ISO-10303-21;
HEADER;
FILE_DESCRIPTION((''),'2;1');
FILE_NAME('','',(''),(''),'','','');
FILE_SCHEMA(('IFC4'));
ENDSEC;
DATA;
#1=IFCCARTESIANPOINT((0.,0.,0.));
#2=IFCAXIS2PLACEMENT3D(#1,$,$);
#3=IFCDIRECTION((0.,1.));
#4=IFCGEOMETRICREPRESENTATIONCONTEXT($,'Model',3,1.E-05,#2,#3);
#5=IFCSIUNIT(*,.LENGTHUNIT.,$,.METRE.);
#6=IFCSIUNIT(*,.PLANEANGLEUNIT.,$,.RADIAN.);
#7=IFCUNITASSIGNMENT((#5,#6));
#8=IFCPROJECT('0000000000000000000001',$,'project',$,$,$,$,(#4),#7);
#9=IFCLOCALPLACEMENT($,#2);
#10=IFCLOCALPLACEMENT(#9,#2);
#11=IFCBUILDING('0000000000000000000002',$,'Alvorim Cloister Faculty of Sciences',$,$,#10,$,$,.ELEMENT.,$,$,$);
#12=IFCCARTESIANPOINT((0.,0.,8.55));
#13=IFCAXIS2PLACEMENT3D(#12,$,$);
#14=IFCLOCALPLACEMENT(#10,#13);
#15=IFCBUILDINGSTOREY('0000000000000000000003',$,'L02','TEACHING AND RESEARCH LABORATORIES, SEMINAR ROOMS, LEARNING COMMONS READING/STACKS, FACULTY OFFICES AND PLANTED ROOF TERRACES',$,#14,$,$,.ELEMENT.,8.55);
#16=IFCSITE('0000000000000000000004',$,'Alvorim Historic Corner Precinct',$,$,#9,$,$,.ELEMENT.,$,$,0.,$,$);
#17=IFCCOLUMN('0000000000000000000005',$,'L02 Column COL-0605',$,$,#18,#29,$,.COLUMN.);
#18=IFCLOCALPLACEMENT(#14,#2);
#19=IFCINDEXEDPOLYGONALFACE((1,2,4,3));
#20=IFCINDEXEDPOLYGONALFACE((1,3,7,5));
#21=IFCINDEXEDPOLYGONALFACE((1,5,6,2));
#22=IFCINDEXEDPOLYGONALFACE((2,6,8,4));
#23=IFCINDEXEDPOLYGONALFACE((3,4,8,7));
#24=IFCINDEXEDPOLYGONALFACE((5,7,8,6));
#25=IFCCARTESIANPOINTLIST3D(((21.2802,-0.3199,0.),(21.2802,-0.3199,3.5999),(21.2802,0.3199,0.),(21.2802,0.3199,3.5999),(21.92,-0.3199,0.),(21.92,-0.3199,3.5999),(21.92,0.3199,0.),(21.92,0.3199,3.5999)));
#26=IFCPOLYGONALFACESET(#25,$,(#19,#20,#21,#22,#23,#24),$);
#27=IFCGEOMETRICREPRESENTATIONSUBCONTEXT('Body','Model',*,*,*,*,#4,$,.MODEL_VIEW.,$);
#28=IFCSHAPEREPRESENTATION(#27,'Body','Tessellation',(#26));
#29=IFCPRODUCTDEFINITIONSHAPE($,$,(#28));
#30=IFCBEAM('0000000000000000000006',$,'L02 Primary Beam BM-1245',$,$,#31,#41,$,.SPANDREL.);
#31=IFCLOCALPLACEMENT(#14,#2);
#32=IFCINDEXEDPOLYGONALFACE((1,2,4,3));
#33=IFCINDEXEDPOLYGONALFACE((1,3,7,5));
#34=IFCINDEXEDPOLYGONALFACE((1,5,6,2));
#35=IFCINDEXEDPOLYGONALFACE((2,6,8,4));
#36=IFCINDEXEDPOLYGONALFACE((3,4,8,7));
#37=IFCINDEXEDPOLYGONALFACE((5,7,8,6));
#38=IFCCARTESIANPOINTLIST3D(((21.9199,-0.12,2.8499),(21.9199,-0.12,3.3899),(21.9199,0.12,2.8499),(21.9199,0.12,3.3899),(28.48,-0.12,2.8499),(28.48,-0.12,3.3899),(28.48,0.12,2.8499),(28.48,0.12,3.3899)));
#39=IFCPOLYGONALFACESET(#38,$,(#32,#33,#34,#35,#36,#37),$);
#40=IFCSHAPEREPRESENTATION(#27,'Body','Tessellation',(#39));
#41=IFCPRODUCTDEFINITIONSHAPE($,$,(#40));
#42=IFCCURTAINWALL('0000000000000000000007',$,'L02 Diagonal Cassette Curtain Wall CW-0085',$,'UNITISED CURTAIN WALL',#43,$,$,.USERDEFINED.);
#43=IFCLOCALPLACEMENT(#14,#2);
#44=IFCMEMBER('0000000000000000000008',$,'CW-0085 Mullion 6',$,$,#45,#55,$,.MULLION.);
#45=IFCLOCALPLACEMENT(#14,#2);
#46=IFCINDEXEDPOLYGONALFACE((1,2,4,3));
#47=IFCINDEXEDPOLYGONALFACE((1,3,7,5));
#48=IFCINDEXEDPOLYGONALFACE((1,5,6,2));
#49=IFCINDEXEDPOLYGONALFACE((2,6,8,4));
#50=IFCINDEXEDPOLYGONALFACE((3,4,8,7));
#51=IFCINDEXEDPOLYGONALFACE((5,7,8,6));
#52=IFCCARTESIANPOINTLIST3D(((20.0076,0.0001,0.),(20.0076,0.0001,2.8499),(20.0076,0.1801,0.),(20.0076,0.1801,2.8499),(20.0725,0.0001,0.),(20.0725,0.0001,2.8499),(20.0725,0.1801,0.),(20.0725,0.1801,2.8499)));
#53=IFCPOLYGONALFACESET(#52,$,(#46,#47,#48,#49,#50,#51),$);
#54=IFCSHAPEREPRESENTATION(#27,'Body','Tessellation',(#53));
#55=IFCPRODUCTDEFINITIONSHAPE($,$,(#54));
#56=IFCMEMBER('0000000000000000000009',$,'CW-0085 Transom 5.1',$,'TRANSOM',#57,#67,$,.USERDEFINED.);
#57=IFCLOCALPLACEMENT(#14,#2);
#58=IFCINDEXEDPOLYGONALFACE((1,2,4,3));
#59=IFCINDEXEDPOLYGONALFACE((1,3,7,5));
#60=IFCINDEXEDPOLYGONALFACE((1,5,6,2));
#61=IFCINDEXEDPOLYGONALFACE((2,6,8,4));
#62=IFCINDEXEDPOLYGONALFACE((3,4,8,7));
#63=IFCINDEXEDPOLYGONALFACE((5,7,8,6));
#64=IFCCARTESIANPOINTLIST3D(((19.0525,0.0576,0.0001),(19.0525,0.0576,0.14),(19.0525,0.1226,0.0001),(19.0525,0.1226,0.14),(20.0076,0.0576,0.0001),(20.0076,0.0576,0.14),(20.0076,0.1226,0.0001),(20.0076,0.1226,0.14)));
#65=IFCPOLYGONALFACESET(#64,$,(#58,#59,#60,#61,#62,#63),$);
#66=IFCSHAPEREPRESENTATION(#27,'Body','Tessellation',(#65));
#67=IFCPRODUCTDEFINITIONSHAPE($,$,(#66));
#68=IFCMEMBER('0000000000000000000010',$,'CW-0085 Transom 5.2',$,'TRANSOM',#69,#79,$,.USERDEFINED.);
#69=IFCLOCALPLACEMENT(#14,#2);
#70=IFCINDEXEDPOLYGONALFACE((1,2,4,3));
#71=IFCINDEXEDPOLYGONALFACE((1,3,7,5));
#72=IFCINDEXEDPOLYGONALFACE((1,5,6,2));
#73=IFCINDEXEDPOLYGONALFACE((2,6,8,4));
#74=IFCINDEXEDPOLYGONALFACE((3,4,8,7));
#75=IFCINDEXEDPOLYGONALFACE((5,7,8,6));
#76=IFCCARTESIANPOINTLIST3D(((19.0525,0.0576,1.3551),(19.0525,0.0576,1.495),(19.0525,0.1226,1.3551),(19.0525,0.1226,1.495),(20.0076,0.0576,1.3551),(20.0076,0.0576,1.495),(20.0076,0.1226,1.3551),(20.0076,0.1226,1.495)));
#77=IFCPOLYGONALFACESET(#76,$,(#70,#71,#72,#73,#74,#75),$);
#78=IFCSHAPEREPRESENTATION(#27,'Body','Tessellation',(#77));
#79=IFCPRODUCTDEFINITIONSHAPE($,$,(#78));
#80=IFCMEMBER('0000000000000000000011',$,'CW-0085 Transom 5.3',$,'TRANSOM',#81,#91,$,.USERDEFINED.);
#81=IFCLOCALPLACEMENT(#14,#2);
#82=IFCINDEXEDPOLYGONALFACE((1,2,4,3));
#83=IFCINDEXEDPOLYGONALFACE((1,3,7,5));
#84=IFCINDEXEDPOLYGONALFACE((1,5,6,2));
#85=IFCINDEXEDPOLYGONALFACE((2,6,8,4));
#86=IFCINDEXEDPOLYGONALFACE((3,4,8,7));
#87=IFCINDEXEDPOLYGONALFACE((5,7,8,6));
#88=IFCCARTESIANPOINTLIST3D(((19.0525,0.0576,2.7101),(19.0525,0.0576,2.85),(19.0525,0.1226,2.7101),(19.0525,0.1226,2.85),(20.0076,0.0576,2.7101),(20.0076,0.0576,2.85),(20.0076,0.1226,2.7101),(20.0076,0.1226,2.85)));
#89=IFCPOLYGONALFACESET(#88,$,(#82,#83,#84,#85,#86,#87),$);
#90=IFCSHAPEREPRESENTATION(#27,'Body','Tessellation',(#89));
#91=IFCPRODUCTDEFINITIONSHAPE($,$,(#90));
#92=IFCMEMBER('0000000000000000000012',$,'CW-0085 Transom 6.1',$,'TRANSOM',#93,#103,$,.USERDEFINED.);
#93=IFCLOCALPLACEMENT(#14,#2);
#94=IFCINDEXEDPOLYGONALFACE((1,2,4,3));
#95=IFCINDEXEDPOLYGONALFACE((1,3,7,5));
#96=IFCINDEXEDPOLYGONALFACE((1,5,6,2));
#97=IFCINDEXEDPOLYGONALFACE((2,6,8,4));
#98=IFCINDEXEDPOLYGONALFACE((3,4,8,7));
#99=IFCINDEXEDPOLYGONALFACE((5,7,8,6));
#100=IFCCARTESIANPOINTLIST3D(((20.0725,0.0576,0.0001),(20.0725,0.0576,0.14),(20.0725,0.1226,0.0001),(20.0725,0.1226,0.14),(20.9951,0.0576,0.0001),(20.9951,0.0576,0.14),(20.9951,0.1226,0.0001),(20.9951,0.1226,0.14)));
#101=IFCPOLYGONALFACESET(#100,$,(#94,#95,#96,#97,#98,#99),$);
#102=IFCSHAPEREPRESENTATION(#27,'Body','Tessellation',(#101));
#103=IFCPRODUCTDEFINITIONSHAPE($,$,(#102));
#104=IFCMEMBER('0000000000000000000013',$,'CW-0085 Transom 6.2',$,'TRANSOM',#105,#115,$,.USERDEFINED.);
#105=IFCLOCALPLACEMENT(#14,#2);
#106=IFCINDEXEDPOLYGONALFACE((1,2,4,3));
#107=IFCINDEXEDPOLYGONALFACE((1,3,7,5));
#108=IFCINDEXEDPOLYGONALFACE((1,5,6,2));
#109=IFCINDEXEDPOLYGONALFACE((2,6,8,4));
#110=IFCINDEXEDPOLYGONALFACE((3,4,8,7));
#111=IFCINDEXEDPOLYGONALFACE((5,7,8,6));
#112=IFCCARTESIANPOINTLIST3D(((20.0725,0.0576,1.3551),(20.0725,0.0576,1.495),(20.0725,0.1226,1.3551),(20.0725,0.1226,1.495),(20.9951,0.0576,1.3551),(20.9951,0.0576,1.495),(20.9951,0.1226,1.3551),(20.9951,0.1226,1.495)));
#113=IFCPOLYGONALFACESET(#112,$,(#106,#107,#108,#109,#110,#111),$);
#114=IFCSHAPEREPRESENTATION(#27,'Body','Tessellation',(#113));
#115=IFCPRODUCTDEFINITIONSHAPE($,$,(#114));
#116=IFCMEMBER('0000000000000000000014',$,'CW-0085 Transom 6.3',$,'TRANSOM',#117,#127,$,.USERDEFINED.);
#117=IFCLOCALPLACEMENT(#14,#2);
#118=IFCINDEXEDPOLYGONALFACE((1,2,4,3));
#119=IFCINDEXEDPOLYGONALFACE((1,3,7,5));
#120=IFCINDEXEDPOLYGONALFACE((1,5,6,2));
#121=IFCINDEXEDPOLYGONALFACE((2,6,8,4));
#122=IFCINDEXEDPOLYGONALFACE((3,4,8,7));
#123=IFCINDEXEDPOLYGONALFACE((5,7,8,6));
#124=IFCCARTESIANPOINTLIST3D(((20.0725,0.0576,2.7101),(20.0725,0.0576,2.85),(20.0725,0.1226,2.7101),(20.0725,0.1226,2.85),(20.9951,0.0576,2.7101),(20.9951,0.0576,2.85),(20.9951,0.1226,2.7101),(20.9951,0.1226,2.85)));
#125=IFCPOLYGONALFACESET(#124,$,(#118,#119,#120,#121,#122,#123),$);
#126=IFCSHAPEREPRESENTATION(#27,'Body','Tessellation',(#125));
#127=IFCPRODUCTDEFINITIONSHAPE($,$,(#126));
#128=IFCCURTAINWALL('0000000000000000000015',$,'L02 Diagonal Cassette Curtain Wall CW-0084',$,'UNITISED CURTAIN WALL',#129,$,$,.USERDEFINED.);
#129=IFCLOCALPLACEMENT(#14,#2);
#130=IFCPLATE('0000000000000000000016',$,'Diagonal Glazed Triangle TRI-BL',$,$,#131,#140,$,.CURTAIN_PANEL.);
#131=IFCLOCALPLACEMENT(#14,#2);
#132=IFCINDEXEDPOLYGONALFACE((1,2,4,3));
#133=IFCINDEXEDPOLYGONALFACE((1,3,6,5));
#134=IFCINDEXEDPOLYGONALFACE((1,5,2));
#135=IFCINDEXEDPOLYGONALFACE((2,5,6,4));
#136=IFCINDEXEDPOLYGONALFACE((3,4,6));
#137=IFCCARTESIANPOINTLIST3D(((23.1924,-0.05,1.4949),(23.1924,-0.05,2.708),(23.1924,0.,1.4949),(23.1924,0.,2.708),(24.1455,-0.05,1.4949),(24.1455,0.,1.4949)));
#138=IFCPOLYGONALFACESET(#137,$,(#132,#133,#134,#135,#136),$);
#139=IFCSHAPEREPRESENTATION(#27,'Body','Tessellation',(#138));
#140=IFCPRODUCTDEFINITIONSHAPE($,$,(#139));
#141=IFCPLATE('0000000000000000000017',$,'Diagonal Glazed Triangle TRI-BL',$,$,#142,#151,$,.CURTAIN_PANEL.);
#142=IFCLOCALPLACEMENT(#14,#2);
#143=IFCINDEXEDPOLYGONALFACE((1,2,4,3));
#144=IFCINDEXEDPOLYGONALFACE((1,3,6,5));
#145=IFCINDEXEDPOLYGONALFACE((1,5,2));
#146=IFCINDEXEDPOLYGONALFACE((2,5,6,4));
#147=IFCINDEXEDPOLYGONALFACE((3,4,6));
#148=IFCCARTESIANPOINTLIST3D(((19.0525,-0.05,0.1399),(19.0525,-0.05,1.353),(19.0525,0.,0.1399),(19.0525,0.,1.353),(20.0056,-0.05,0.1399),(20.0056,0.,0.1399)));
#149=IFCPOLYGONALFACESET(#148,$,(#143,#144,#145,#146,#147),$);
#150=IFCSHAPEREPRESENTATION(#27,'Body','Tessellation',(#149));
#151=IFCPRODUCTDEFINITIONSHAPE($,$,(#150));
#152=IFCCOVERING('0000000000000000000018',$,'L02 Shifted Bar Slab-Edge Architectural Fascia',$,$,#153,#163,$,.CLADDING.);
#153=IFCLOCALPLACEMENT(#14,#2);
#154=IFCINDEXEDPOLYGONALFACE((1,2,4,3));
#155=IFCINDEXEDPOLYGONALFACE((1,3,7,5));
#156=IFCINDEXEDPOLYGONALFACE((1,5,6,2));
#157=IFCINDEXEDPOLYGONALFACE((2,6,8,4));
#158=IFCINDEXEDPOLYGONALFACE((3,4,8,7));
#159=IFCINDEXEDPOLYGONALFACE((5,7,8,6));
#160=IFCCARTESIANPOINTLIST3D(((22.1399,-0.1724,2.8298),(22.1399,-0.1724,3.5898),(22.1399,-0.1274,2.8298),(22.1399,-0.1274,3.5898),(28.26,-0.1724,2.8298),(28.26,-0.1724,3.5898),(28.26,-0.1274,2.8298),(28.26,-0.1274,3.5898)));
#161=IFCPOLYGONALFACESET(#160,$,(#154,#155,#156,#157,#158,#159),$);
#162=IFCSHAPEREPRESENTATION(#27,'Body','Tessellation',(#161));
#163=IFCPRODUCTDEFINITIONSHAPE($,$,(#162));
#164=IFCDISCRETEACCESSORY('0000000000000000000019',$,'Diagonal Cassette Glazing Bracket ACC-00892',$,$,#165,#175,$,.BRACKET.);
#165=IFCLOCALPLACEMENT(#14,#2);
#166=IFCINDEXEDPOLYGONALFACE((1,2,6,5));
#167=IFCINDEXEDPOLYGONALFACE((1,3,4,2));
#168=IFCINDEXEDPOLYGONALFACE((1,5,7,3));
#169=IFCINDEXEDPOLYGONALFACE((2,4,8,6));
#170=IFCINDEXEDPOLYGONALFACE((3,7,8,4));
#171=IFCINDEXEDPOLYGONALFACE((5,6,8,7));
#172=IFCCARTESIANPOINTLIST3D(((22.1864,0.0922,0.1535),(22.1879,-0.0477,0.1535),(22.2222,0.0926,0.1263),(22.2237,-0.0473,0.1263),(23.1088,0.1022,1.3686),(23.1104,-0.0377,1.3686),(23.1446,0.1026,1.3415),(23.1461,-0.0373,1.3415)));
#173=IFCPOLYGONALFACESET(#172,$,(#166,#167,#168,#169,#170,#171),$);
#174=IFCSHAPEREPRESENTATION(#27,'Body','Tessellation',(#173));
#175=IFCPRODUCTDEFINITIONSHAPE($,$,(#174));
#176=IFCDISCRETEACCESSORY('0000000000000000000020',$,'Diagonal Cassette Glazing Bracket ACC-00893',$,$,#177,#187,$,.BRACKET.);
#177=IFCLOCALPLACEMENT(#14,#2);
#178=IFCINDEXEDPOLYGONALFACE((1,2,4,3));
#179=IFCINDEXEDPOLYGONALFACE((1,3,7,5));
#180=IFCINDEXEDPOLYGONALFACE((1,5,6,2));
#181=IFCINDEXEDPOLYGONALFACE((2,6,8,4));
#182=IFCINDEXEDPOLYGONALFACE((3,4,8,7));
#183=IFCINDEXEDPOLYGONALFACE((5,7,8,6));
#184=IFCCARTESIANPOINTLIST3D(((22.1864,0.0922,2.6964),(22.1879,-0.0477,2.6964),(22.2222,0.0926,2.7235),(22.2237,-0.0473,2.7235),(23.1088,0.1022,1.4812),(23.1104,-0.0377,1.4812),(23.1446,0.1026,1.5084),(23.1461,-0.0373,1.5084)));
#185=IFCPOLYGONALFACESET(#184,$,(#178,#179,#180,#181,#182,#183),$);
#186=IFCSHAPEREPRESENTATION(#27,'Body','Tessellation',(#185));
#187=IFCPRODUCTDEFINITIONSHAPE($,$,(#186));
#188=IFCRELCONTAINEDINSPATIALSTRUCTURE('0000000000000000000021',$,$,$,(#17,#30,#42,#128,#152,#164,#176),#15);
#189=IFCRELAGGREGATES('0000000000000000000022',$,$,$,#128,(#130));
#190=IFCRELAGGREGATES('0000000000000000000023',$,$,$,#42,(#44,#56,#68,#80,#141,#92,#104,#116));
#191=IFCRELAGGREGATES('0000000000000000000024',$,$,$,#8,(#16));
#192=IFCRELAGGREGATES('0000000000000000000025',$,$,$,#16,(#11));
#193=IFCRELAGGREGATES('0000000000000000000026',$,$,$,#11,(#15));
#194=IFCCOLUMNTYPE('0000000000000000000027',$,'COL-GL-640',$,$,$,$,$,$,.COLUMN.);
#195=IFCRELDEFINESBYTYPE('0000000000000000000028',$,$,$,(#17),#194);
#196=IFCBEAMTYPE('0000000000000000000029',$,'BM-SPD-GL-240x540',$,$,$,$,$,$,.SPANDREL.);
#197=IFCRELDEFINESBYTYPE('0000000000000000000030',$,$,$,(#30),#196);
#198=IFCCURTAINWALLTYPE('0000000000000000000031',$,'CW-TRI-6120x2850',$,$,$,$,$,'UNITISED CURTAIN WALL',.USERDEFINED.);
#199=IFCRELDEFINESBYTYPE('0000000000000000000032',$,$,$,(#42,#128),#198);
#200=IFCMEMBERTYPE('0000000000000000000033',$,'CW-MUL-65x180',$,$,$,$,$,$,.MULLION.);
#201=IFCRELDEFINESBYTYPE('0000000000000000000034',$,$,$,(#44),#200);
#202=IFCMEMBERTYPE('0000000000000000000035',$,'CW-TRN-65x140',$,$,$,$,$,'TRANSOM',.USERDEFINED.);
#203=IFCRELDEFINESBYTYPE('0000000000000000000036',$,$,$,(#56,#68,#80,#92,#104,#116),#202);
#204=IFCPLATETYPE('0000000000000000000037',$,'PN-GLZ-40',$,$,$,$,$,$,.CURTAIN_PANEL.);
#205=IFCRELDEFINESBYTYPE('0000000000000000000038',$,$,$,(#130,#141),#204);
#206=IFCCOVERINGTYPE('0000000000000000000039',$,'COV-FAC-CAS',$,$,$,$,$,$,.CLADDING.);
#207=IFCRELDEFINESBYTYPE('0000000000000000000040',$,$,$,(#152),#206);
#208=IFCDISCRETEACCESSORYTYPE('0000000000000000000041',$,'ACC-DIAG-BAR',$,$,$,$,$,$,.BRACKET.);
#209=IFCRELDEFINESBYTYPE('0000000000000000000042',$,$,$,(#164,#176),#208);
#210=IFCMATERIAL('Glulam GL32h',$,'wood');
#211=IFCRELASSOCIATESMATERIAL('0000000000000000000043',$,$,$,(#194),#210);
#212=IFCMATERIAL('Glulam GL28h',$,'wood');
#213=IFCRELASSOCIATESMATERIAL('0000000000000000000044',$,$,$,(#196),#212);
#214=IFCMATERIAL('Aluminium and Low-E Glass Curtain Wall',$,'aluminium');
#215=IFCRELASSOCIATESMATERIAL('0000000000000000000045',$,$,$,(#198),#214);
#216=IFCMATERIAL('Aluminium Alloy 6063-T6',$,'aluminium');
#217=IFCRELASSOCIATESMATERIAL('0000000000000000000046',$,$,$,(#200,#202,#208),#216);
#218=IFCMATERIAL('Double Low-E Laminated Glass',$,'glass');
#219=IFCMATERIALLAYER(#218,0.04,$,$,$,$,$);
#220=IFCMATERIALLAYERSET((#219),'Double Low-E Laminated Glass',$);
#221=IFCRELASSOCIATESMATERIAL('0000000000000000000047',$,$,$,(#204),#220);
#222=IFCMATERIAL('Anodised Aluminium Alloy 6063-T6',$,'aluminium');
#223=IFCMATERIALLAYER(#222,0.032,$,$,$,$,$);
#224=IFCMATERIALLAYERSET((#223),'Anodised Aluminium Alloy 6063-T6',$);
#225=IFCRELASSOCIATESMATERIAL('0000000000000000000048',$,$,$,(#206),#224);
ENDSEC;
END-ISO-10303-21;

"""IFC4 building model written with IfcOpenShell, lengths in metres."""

from ifc_helpers import new_model, si_unit, direction, frame, origin, origin_2d, place, context, subcontext, project, spatial, polyline, rectangle, outline, extrude, material, layer, layer_set, material_profile, profile_set, type_object, element, aggregate, save


model = new_model("IFC4")

# Units and contexts
model_context = context("Model", 3, precision=1e-05, world=origin(), true_north=direction((0.0, 1.0)))
body_context = subcontext(model_context, "Body", "Model", "MODEL_VIEW")
ifc_project = project(units=[si_unit("LENGTHUNIT", "METRE"), si_unit("PLANEANGLEUNIT", "RADIAN")], contexts=[model_context])

# Site, building, storey
site_placement = place(None, origin())
site = spatial("IfcSite", under=ifc_project, at=site_placement, Name="Alvorim Historic Corner Precinct", CompositionType="ELEMENT", RefElevation=0.0)
building_placement = place(site_placement, origin())
building = spatial("IfcBuilding", under=site, at=building_placement, Name="Alvorim Cloister Faculty of Sciences", CompositionType="ELEMENT")
storey_placement = place(building_placement, frame((0.0, 0.0, 8.55)))
storey = spatial("IfcBuildingStorey", under=building, at=storey_placement, Name="L02", Description="TEACHING AND RESEARCH LABORATORIES, SEMINAR ROOMS, LEARNING COMMONS READING/STACKS, FACULTY OFFICES AND PLANTED ROOF TERRACES", CompositionType="ELEMENT", Elevation=8.55)

# Column
ifc_material_1 = material(Name="Glulam GL32h", Category="wood")
ifc_material_profile_1 = material_profile(ifc_material_1, rectangle(XDim=0.6399, YDim=0.6399, at=origin_2d()), Name="GL32-COL-640x640")
ifc_profile_set_1 = profile_set([ifc_material_profile_1], Name="Glulam GL32h")
column_type = type_object("IfcColumnType", Name="COL-GL-640", PredefinedType="COLUMN", material=ifc_profile_set_1)
column_placement = place(storey_placement, frame((21.6001, 0.0, 0.0), z_axis=(0.0, 0.0, 1.0), x_axis=(1.0, 0.0, 0.0)))
element("IfcColumn", 1, at=column_placement, inside=storey, type_object=column_type, Name="L02 Column COL-0605", PredefinedType="COLUMN", context=body_context, shape_type="SweptSolid", body=[
    extrude(rectangle(XDim=0.6399, YDim=0.6399, at=origin_2d()), origin(), (0.0, 0.0, 1.0), 3.5999),
])

# Beam
ifc_material_2 = material(Name="Glulam GL28h", Category="wood")
ifc_material_profile_2 = material_profile(ifc_material_2, rectangle(XDim=0.24, YDim=0.54, at=origin_2d()), Name="GL28-SPD-240x540")
ifc_profile_set_2 = profile_set([ifc_material_profile_2], Name="Glulam GL28h")
beam_type = type_object("IfcBeamType", Name="BM-SPD-GL-240x540", PredefinedType="SPANDREL", material=ifc_profile_set_2)
beam_placement = place(storey_placement, frame((21.9199, 0.0, 3.1199), z_axis=(1.0, 0.0, 0.0), x_axis=(0.0, 1.0, 0.0)))
element("IfcBeam", 2, at=beam_placement, inside=storey, type_object=beam_type, Name="L02 Primary Beam BM-1245", PredefinedType="SPANDREL", context=body_context, shape_type="SweptSolid", body=[
    extrude(rectangle(XDim=0.24, YDim=0.54, at=origin_2d()), origin(), (0.0, 0.0, 1.0), 6.5601),
])

# Curtain wall, members
ifc_material_3 = material(Name="Aluminium and Low-E Glass Curtain Wall", Category="aluminium")
curtain_wall_type = type_object("IfcCurtainWallType", Name="CW-TRI-6120x2850", ElementType="UNITISED CURTAIN WALL", PredefinedType="USERDEFINED", material=ifc_material_3)
curtain_wall_1_placement = place(storey_placement, origin())
curtain_wall_1 = element("IfcCurtainWall", 3, at=curtain_wall_1_placement, inside=storey, type_object=curtain_wall_type, Name="L02 Diagonal Cassette Curtain Wall CW-0085", ObjectType="UNITISED CURTAIN WALL", PredefinedType="USERDEFINED")
ifc_material_4 = material(Name="Aluminium Alloy 6063-T6", Category="aluminium")
ifc_material_profile_3 = material_profile(ifc_material_4, rectangle(XDim=0.0649, YDim=0.1799, at=origin_2d()), Name="ALU-MUL-65x180")
ifc_profile_set_3 = profile_set([ifc_material_profile_3], Name="Aluminium Alloy 6063-T6")
member_type_1 = type_object("IfcMemberType", Name="CW-MUL-65x180", PredefinedType="MULLION", material=ifc_profile_set_3)
member_1_placement = place(storey_placement, frame((20.04, 0.0901, 0.0), z_axis=(0.0, 0.0, 1.0), x_axis=(1.0, 0.0, 0.0)))
member_1 = element("IfcMember", 4, at=member_1_placement, type_object=member_type_1, Name="CW-0085 Mullion 6", PredefinedType="MULLION", context=body_context, shape_type="SweptSolid", body=[
    extrude(rectangle(XDim=0.0649, YDim=0.1799, at=origin_2d()), origin(), (0.0, 0.0, 1.0), 2.8499),
])
ifc_material_profile_4 = material_profile(ifc_material_4, rectangle(XDim=0.0649, YDim=0.1399, at=origin_2d()), Name="ALU-TRN-65x140")
ifc_profile_set_4 = profile_set([ifc_material_profile_4], Name="Aluminium Alloy 6063-T6")
member_type_2 = type_object("IfcMemberType", Name="CW-TRN-65x140", ElementType="TRANSOM", PredefinedType="USERDEFINED", material=ifc_profile_set_4)
member_2_placement = place(storey_placement, frame((19.0525, 0.0901, 0.0701), z_axis=(1.0, 0.0, 0.0), x_axis=(0.0, 1.0, 0.0)))
member_2 = element("IfcMember", 5, at=member_2_placement, type_object=member_type_2, Name="CW-0085 Transom 5.1", ObjectType="TRANSOM", PredefinedType="USERDEFINED", context=body_context, shape_type="SweptSolid", body=[
    extrude(rectangle(XDim=0.0649, YDim=0.1399, at=origin_2d()), origin(), (0.0, 0.0, 1.0), 0.9551),
])
member_3_placement = place(storey_placement, frame((19.0525, 0.0901, 1.425), z_axis=(1.0, 0.0, 0.0), x_axis=(0.0, 1.0, 0.0)))
member_3 = element("IfcMember", 6, at=member_3_placement, type_object=member_type_2, Name="CW-0085 Transom 5.2", ObjectType="TRANSOM", PredefinedType="USERDEFINED", context=body_context, shape_type="SweptSolid", body=[
    extrude(rectangle(XDim=0.0649, YDim=0.1399, at=origin_2d()), origin(), (0.0, 0.0, 1.0), 0.9551),
])
member_4_placement = place(storey_placement, frame((19.0525, 0.0901, 2.78), z_axis=(1.0, 0.0, 0.0), x_axis=(0.0, 1.0, 0.0)))
member_4 = element("IfcMember", 7, at=member_4_placement, type_object=member_type_2, Name="CW-0085 Transom 5.3", ObjectType="TRANSOM", PredefinedType="USERDEFINED", context=body_context, shape_type="SweptSolid", body=[
    extrude(rectangle(XDim=0.0649, YDim=0.1399, at=origin_2d()), origin(), (0.0, 0.0, 1.0), 0.9551),
])
member_5_placement = place(storey_placement, frame((20.0725, 0.0901, 0.0701), z_axis=(1.0, 0.0, 0.0), x_axis=(0.0, 1.0, 0.0)))
member_5 = element("IfcMember", 8, at=member_5_placement, type_object=member_type_2, Name="CW-0085 Transom 6.1", ObjectType="TRANSOM", PredefinedType="USERDEFINED", context=body_context, shape_type="SweptSolid", body=[
    extrude(rectangle(XDim=0.0649, YDim=0.1399, at=origin_2d()), origin(), (0.0, 0.0, 1.0), 0.9226),
])
member_6_placement = place(storey_placement, frame((20.0725, 0.0901, 1.425), z_axis=(1.0, 0.0, 0.0), x_axis=(0.0, 1.0, 0.0)))
member_6 = element("IfcMember", 9, at=member_6_placement, type_object=member_type_2, Name="CW-0085 Transom 6.2", ObjectType="TRANSOM", PredefinedType="USERDEFINED", context=body_context, shape_type="SweptSolid", body=[
    extrude(rectangle(XDim=0.0649, YDim=0.1399, at=origin_2d()), origin(), (0.0, 0.0, 1.0), 0.9226),
])
member_7_placement = place(storey_placement, frame((20.0725, 0.0901, 2.78), z_axis=(1.0, 0.0, 0.0), x_axis=(0.0, 1.0, 0.0)))
member_7 = element("IfcMember", 10, at=member_7_placement, type_object=member_type_2, Name="CW-0085 Transom 6.3", ObjectType="TRANSOM", PredefinedType="USERDEFINED", context=body_context, shape_type="SweptSolid", body=[
    extrude(rectangle(XDim=0.0649, YDim=0.1399, at=origin_2d()), origin(), (0.0, 0.0, 1.0), 0.9226),
])

# Curtain wall, plate
curtain_wall_2_placement = place(storey_placement, origin())
curtain_wall_2 = element("IfcCurtainWall", 11, at=curtain_wall_2_placement, inside=storey, type_object=curtain_wall_type, Name="L02 Diagonal Cassette Curtain Wall CW-0084", ObjectType="UNITISED CURTAIN WALL", PredefinedType="USERDEFINED")
ifc_material_5 = material(Name="Double Low-E Laminated Glass", Category="glass")
ifc_layer_1 = layer(ifc_material_5, 0.04)
ifc_layer_set_1 = layer_set([ifc_layer_1], Name="Double Low-E Laminated Glass")
plate_type = type_object("IfcPlateType", Name="PN-GLZ-40", PredefinedType="CURTAIN_PANEL", material=ifc_layer_set_1)
plate_1_placement = place(storey_placement, frame((23.1924, -0.0249, 1.4949), z_axis=(0.0, 0.0, 1.0), x_axis=(1.0, 0.0, 0.0)))
plate_1 = element("IfcPlate", 12, at=plate_1_placement, type_object=plate_type, Name="Diagonal Glazed Triangle TRI-BL", PredefinedType="CURTAIN_PANEL", context=body_context, shape_type="SweptSolid", body=[
    extrude(outline(polyline([(0.0, 0.0), (0.9531, 0.0), (0.0, 1.2131), (0.0, 0.0)])), frame((0.0, 0.0249, 0.0), z_axis=(0.0, -1.0, 0.0), x_axis=(1.0, 0.0, 0.0)), (0.0, 0.0, 1.0), 0.05),
])
aggregate(curtain_wall_2, [plate_1])

# Plate
plate_2_placement = place(storey_placement, frame((19.0525, -0.0249, 0.1399), z_axis=(0.0, 0.0, 1.0), x_axis=(1.0, 0.0, 0.0)))
plate_2 = element("IfcPlate", 13, at=plate_2_placement, type_object=plate_type, Name="Diagonal Glazed Triangle TRI-BL", PredefinedType="CURTAIN_PANEL", context=body_context, shape_type="SweptSolid", body=[
    extrude(outline(polyline([(0.0, 0.0), (0.9531, 0.0), (0.0, 1.2131), (0.0, 0.0)])), frame((0.0, 0.0249, 0.0), z_axis=(0.0, -1.0, 0.0), x_axis=(1.0, 0.0, 0.0)), (0.0, 0.0, 1.0), 0.05),
])
aggregate(curtain_wall_1, [member_1, member_2, member_3, member_4, plate_2, member_5, member_6, member_7])

# Covering
ifc_material_6 = material(Name="Anodised Aluminium Alloy 6063-T6", Category="aluminium")
ifc_layer_2 = layer(ifc_material_6, 0.032)
ifc_layer_set_2 = layer_set([ifc_layer_2], Name="Anodised Aluminium Alloy 6063-T6")
covering_type = type_object("IfcCoveringType", Name="COV-FAC-CAS", PredefinedType="CLADDING", material=ifc_layer_set_2)
covering_placement = place(storey_placement, frame((22.1399, -0.1499, 2.8298), z_axis=(0.0, 0.0, 1.0), x_axis=(1.0, 0.0, 0.0)))
element("IfcCovering", 14, at=covering_placement, inside=storey, type_object=covering_type, Name="L02 Shifted Bar Slab-Edge Architectural Fascia", PredefinedType="CLADDING", context=body_context, shape_type="SweptSolid", body=[
    extrude(outline(polyline([(0.0, 0.0), (6.1201, 0.0), (6.1201, 0.76), (0.0, 0.76), (0.0, 0.0)])), frame((0.0, 0.0225, 0.0), z_axis=(0.0, -1.0, 0.0), x_axis=(1.0, 0.0, 0.0)), (0.0, 0.0, 1.0), 0.0449),
])

# Discrete accessories
discrete_accessory_type = type_object("IfcDiscreteAccessoryType", Name="ACC-DIAG-BAR", PredefinedType="BRACKET", material=ifc_material_4)
for number, where, z_axis, x_axis, name in (
    (15, (22.2051, 0.0225, 0.1399), (0.604612, 0.006561, 0.796493), (-0.010852, 0.999941, 0.0), "Diagonal Cassette Glazing Bracket ACC-00892"),
    (16, (22.2051, 0.0225, 2.71), (0.604612, 0.006561, -0.796493), (-0.010852, 0.999941, 0.0), "Diagonal Cassette Glazing Bracket ACC-00893"),
):
    element("IfcDiscreteAccessory", number, at=place(storey_placement, frame(where, z_axis=z_axis, x_axis=x_axis)), inside=storey, type_object=discrete_accessory_type, Name=name, PredefinedType="BRACKET", context=body_context, shape_type="SweptSolid", body=[
        extrude(rectangle(XDim=0.1399, YDim=0.0449, at=origin_2d()), origin(), (0.0, 0.0, 1.0), 1.5256),
    ])

save(model, "model.ifc")
